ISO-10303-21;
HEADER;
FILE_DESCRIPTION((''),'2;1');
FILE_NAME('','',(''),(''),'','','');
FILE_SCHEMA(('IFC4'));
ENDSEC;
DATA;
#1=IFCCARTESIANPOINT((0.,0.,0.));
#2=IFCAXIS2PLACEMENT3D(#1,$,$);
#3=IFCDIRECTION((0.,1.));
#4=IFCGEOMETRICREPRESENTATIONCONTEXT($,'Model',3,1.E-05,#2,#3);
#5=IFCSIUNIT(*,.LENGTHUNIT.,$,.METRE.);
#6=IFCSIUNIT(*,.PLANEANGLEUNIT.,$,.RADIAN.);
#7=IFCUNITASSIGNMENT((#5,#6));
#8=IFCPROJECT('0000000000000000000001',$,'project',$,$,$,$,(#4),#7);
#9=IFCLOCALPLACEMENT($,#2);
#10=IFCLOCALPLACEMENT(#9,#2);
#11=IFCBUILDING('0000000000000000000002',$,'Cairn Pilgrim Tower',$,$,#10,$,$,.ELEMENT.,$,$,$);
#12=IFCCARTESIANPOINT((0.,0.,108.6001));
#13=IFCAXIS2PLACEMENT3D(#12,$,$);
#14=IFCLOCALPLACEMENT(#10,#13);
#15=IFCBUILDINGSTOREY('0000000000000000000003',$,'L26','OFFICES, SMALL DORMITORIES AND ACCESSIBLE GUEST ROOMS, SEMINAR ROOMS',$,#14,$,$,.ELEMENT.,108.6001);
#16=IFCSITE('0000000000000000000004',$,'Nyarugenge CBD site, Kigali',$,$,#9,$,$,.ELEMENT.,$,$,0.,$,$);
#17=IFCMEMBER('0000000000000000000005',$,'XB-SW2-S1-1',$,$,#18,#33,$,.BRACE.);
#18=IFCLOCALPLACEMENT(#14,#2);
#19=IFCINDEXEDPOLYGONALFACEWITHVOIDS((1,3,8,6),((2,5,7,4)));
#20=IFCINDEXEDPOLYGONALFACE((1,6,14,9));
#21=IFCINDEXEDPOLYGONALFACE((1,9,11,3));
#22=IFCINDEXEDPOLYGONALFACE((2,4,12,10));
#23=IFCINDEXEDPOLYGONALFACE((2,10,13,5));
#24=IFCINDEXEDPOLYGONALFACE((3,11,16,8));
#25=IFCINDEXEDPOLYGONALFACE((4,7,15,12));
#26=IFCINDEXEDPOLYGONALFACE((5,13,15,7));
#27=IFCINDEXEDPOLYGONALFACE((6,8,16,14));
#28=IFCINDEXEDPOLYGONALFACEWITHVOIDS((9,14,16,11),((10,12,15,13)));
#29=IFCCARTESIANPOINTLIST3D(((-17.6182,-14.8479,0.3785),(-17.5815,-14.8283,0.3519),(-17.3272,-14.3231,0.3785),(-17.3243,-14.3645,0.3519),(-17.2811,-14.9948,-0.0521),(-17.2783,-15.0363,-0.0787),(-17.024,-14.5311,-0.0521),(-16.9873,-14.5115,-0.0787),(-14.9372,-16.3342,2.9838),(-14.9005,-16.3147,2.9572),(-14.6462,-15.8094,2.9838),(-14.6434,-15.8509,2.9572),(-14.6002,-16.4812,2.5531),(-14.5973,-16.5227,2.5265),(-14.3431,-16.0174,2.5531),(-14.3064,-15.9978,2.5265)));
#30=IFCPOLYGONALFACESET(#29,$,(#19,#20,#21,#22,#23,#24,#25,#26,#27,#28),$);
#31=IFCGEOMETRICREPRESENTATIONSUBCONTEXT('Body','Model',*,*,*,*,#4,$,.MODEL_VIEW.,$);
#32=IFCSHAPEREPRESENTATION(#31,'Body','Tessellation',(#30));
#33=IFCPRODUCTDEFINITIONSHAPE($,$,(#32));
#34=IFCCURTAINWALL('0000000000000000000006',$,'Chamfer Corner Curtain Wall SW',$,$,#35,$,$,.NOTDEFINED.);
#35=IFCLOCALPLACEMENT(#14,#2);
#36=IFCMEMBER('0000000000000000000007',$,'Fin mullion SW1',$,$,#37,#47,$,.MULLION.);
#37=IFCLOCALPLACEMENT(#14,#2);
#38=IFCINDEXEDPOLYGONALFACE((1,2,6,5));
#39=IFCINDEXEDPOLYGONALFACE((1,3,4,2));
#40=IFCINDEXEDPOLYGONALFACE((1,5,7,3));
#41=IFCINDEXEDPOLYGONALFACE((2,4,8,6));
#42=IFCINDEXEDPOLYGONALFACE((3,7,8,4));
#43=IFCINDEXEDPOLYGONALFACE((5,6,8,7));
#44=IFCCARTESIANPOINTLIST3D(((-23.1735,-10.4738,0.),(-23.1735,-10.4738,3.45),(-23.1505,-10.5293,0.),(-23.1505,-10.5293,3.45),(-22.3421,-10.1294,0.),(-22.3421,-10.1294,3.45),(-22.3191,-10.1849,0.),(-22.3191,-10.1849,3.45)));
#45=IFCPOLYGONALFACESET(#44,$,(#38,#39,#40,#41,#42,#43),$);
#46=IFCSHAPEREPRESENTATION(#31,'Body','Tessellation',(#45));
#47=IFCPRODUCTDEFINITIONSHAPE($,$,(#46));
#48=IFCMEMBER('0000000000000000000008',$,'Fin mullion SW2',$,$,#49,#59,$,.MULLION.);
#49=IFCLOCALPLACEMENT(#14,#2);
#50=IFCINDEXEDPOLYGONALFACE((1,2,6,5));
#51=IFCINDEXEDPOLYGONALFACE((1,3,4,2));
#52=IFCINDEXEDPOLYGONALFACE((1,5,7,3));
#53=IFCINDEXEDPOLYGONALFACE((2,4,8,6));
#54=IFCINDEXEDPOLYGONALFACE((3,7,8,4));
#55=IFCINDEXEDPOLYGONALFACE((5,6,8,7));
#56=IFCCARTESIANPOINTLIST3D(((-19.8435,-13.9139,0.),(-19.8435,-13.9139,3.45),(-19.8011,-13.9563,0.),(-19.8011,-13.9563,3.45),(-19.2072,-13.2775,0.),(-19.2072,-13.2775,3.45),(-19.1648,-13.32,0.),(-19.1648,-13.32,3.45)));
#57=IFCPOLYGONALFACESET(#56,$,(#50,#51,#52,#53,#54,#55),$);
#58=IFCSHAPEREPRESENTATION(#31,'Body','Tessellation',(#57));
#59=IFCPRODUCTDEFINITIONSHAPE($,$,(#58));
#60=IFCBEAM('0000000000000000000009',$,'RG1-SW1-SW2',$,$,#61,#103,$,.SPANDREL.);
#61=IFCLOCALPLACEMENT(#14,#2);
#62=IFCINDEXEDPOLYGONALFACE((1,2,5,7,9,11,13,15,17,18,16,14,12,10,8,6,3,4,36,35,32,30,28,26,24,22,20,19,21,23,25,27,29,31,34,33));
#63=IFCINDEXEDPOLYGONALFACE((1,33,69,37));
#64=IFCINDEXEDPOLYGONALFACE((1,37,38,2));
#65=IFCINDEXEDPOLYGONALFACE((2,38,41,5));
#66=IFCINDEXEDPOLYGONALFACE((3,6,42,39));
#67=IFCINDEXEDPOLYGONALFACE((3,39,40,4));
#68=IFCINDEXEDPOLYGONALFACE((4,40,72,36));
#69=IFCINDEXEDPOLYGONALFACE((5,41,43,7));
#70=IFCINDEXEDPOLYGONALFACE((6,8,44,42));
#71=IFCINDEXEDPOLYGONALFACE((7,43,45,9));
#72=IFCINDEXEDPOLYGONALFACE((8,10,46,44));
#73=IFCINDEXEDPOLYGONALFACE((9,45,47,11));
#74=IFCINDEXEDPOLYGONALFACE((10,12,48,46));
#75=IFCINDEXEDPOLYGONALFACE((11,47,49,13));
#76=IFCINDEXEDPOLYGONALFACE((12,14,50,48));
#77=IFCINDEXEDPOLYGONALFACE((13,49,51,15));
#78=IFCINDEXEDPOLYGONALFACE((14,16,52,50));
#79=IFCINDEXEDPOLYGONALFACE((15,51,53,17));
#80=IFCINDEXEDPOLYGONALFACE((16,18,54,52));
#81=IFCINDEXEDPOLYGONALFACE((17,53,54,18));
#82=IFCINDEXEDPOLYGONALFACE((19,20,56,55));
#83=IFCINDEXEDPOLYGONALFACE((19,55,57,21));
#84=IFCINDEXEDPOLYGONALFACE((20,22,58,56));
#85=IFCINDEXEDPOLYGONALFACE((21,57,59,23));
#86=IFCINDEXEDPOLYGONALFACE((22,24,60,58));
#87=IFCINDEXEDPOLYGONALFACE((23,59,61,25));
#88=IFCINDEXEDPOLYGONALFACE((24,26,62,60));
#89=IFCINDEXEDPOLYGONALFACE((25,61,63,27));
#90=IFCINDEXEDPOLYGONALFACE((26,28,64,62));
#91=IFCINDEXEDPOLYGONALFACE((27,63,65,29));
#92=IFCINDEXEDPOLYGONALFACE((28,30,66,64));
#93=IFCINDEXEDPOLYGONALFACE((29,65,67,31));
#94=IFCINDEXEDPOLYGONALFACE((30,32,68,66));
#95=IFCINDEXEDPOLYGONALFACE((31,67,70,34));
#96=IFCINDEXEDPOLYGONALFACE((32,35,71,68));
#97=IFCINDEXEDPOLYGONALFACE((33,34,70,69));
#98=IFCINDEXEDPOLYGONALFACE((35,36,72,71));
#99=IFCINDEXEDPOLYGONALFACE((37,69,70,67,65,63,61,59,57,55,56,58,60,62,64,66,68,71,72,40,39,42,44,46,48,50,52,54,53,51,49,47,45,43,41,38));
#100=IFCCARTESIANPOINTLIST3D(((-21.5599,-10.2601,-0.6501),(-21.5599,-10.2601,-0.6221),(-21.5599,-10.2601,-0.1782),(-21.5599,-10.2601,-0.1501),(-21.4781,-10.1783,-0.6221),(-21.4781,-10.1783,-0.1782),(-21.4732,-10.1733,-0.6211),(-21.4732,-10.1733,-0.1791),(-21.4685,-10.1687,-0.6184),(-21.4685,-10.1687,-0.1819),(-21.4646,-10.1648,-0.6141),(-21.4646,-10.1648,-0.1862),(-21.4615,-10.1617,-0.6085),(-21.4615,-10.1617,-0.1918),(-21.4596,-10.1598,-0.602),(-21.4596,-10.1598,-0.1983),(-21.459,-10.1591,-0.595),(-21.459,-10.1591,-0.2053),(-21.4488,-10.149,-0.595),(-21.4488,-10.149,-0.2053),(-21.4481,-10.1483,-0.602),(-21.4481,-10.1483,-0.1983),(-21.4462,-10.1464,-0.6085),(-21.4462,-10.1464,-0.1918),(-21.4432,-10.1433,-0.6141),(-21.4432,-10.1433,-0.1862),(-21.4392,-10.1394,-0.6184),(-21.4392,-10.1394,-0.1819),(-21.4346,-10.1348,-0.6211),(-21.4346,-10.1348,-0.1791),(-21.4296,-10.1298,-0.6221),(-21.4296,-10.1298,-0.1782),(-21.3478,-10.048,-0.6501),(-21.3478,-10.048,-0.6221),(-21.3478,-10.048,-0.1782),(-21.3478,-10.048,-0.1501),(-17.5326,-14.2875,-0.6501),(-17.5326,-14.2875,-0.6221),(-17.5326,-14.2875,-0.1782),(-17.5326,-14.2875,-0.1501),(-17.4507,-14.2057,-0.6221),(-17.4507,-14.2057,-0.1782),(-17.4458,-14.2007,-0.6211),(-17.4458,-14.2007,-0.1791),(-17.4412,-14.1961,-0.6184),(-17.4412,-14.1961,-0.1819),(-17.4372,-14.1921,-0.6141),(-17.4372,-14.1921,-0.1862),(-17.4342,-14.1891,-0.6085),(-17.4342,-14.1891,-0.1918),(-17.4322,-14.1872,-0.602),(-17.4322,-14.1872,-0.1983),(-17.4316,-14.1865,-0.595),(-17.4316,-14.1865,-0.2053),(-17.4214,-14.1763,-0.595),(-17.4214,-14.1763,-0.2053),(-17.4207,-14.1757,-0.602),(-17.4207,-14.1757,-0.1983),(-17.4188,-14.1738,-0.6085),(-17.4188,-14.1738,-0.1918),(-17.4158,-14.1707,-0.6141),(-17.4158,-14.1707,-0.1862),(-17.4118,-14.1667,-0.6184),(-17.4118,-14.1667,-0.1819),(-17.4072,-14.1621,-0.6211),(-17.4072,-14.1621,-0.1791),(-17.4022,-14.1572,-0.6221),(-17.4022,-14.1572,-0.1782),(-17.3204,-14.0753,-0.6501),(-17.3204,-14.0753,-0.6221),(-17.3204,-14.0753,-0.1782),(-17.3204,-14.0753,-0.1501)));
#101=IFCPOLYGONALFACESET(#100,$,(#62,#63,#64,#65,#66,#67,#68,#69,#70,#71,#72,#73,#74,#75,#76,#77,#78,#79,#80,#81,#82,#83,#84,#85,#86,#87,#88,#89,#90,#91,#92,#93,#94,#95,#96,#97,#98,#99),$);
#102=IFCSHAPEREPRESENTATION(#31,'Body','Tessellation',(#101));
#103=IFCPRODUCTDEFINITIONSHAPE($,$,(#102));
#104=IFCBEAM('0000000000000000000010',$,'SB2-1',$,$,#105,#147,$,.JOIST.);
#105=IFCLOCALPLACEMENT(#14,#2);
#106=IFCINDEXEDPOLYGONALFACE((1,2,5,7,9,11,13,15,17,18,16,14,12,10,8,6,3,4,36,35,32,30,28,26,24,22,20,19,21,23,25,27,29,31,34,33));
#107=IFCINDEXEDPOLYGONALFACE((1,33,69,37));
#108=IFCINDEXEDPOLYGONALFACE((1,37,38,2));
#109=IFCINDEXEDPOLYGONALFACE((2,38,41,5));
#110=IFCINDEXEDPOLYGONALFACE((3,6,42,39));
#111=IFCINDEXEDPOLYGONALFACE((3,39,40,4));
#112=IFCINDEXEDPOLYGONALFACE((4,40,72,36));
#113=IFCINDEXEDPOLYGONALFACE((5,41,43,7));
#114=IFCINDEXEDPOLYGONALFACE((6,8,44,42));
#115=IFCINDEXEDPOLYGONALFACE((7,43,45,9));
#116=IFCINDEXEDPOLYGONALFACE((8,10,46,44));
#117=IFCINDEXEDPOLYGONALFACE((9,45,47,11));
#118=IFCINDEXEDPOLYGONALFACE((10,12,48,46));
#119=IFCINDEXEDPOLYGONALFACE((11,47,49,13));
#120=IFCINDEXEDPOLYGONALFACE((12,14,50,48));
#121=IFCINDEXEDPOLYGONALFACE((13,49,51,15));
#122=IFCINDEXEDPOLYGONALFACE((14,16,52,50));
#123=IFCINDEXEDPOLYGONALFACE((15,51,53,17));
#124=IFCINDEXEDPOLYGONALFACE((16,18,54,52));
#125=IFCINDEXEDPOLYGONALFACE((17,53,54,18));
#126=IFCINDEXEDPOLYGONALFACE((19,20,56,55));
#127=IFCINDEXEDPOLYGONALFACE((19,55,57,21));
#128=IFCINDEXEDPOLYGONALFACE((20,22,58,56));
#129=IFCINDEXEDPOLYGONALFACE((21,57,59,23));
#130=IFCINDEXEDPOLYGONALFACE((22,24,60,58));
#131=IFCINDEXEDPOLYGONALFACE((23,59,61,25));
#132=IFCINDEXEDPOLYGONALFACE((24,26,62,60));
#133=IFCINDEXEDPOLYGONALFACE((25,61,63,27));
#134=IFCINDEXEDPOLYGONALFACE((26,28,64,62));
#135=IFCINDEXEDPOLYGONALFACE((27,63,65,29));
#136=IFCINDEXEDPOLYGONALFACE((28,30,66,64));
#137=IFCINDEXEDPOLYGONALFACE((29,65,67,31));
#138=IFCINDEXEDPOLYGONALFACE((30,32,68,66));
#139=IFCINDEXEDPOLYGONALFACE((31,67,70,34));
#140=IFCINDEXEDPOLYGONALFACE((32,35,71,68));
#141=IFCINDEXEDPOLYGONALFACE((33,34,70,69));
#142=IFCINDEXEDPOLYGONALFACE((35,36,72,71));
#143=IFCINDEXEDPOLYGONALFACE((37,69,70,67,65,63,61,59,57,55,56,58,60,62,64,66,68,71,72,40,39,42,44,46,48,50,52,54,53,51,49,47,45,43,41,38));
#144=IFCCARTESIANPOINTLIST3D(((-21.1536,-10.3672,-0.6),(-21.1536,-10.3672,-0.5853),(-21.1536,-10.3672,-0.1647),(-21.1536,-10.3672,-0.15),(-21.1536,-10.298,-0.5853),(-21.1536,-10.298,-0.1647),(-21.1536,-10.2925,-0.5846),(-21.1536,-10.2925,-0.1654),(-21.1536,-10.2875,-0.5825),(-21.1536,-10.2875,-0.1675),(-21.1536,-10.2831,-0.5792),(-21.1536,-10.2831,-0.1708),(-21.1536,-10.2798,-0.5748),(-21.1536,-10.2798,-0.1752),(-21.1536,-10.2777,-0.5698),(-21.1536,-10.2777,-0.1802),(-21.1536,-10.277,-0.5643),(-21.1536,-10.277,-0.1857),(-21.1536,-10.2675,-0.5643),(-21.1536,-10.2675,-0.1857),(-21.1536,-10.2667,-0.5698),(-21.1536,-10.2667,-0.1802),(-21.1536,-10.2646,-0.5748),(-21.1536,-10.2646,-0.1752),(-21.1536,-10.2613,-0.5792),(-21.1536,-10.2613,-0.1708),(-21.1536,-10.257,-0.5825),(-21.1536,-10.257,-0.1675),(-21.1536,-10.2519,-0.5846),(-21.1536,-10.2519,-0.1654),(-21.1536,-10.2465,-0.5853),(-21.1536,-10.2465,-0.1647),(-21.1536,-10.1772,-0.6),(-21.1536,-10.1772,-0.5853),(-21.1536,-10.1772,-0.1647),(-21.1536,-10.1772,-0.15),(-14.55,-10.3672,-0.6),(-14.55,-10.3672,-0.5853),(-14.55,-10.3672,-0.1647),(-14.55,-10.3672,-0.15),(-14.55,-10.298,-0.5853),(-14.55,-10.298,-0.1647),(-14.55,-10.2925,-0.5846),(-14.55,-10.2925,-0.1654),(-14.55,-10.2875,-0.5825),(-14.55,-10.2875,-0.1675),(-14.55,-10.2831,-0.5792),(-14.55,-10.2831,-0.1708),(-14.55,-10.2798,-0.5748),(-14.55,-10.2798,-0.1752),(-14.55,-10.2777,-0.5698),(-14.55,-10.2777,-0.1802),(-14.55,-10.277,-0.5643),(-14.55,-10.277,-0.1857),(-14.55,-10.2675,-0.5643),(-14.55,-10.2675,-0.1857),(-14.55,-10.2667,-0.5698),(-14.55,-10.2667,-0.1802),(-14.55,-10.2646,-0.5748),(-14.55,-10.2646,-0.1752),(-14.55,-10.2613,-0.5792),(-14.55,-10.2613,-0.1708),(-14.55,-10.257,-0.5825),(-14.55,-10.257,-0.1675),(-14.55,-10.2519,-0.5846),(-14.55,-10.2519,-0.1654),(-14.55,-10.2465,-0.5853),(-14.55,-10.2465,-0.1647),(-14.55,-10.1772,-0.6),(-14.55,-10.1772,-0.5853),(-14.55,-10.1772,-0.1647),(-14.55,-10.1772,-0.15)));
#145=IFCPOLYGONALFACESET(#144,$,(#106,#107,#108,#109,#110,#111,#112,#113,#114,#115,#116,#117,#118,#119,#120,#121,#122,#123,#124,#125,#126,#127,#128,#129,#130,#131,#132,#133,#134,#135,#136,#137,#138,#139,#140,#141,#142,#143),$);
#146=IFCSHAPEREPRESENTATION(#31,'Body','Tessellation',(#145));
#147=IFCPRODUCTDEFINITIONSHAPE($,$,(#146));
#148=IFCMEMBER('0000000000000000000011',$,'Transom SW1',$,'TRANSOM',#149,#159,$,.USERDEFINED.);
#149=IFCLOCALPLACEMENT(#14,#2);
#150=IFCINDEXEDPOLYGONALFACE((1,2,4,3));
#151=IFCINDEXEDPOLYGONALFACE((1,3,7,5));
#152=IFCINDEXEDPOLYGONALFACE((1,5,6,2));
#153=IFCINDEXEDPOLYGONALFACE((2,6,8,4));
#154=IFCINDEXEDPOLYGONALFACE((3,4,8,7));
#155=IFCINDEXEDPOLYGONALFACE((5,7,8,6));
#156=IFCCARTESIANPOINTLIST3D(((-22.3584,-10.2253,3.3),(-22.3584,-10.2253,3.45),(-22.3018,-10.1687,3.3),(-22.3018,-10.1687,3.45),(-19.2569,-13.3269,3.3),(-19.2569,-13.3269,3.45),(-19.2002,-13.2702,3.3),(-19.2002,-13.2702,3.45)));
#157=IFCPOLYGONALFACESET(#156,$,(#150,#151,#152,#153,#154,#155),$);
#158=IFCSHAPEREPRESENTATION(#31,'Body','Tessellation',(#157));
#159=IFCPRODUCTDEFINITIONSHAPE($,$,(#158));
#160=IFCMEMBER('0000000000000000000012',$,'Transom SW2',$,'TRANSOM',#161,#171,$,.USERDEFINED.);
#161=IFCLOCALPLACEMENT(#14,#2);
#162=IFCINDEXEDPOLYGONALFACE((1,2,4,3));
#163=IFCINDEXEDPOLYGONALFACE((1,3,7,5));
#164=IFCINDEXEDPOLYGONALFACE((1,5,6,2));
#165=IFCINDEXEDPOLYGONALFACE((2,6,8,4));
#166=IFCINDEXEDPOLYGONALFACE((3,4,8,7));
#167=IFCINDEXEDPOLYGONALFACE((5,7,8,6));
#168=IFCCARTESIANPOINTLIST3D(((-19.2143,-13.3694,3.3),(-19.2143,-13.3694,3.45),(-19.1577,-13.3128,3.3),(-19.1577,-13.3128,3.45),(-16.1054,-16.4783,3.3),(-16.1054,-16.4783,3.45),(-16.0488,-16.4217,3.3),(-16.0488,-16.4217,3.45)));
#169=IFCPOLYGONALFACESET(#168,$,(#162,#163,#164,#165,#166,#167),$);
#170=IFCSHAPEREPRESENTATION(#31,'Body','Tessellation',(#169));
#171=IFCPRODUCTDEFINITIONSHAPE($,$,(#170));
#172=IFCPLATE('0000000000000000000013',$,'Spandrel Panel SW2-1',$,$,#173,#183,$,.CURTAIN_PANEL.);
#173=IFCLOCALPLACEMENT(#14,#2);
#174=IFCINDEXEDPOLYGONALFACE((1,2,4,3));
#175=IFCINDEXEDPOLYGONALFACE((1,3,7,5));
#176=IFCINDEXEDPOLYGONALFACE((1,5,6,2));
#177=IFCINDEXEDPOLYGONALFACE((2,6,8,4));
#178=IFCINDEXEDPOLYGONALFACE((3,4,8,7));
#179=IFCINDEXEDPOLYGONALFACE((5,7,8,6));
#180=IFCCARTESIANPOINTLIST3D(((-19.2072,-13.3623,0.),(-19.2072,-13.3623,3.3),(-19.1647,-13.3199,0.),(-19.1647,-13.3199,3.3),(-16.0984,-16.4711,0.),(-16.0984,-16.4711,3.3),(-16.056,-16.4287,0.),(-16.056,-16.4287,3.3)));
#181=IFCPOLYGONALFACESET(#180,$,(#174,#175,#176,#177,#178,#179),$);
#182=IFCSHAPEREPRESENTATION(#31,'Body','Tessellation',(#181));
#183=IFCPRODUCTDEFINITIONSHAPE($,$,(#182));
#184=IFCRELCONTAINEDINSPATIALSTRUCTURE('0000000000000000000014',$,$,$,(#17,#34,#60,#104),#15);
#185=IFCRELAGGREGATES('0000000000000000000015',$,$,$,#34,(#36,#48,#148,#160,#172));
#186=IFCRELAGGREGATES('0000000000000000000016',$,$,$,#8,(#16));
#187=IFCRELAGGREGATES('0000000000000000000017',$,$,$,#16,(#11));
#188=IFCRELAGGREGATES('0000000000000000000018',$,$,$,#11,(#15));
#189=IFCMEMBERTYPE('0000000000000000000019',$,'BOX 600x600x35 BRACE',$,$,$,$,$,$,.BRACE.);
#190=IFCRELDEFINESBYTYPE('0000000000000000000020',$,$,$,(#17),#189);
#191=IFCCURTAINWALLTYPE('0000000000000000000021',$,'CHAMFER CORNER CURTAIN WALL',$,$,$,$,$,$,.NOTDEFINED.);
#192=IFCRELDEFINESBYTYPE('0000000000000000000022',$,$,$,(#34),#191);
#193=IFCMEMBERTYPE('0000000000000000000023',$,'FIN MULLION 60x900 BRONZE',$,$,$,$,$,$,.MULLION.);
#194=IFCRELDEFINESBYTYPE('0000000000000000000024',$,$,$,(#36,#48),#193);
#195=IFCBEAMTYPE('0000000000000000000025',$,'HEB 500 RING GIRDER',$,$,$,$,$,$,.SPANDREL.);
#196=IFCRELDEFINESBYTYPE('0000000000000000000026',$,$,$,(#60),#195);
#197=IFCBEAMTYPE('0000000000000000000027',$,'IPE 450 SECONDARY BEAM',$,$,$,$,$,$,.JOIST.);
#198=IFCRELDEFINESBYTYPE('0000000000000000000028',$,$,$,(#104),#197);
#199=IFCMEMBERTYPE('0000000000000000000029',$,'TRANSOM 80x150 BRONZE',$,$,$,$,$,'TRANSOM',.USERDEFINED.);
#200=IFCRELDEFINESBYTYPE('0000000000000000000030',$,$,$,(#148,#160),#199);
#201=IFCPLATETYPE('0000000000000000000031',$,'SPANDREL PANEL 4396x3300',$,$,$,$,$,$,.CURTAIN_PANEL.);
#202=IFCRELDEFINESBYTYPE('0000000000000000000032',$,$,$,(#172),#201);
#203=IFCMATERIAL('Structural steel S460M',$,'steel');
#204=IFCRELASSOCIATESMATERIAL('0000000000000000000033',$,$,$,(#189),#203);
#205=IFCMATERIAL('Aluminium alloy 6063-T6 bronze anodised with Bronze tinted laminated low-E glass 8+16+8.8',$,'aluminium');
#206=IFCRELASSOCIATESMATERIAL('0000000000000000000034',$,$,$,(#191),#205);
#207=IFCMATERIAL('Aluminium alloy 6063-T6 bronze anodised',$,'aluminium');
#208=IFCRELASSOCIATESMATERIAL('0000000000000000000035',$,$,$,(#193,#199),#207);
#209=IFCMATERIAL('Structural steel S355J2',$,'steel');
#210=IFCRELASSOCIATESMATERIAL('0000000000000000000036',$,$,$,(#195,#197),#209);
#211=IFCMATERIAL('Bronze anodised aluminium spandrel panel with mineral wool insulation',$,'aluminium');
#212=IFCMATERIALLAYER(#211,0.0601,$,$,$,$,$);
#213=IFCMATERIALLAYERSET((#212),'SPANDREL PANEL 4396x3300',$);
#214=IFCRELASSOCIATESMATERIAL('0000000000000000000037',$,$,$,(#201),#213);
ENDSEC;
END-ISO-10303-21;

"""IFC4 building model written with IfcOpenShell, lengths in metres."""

from ifc_helpers import new_model, si_unit, direction, frame, origin, origin_2d, place, context, subcontext, project, spatial, rectangle, hollow_rectangle, i_section, extrude, material, layer, layer_set, material_profile, profile_set, type_object, element, aggregate, save


model = new_model("IFC4")

# Units and contexts
model_context = context("Model", 3, precision=1e-05, world=origin(), true_north=direction((0.0, 1.0)))
body_context = subcontext(model_context, "Body", "Model", "MODEL_VIEW")
ifc_project = project(units=[si_unit("LENGTHUNIT", "METRE"), si_unit("PLANEANGLEUNIT", "RADIAN")], contexts=[model_context])

# Site, building, storey
site_placement = place(None, origin())
site = spatial("IfcSite", under=ifc_project, at=site_placement, Name="Nyarugenge CBD site, Kigali", CompositionType="ELEMENT", RefElevation=0.0)
building_placement = place(site_placement, origin())
building = spatial("IfcBuilding", under=site, at=building_placement, Name="Cairn Pilgrim Tower", CompositionType="ELEMENT")
storey_placement = place(building_placement, frame((0.0, 0.0, 108.6001)))
storey = spatial("IfcBuildingStorey", under=building, at=storey_placement, Name="L26", Description="OFFICES, SMALL DORMITORIES AND ACCESSIBLE GUEST ROOMS, SEMINAR ROOMS", CompositionType="ELEMENT", Elevation=108.6001)

# Shared definitions
ifc_material_1 = material(Name="Structural steel S460M", Category="steel")

# Member
ifc_material_profile_1 = material_profile(ifc_material_1, hollow_rectangle(XDim=0.6001, YDim=0.6001, WallThickness=0.0349, at=origin_2d()), Name="BOX 600x600x35")
ifc_profile_set_1 = profile_set([ifc_material_profile_1], Name="Structural steel S460M")
member_type_1 = type_object("IfcMemberType", Name="BOX 600x600x35 BRACE", PredefinedType="BRACE", material=ifc_profile_set_1)
member_1_placement = place(storey_placement, frame((-17.3027, -14.6797, 0.1499), z_axis=(0.666414, -0.369468, 0.6476), x_axis=(0.484879, 0.874581, 0.0)))
element("IfcMember", 1, at=member_1_placement, inside=storey, type_object=member_type_1, Name="XB-SW2-S1-1", PredefinedType="BRACE", context=body_context, shape_type="SweptSolid", body=[
    extrude(hollow_rectangle(XDim=0.6001, YDim=0.6001, WallThickness=0.0349, at=origin_2d()), origin(), (0.0, 0.0, 1.0), 4.0229),
])

# Curtain wall, members
ifc_material_2 = material(Name="Aluminium alloy 6063-T6 bronze anodised with Bronze tinted laminated low-E glass 8+16+8.8", Category="aluminium")
curtain_wall_type = type_object("IfcCurtainWallType", Name="CHAMFER CORNER CURTAIN WALL", PredefinedType="NOTDEFINED", material=ifc_material_2)
curtain_wall_placement = place(storey_placement, origin())
curtain_wall = element("IfcCurtainWall", 2, at=curtain_wall_placement, inside=storey, type_object=curtain_wall_type, Name="Chamfer Corner Curtain Wall SW", PredefinedType="NOTDEFINED")
ifc_material_3 = material(Name="Aluminium alloy 6063-T6 bronze anodised", Category="aluminium")
ifc_material_profile_2 = material_profile(ifc_material_3, rectangle(XDim=0.8999, YDim=0.0601, at=origin_2d()), Name="FIN MULLION 60x900 BRONZE")
ifc_profile_set_2 = profile_set([ifc_material_profile_2], Name="Aluminium alloy 6063-T6 bronze anodised")
member_type_2 = type_object("IfcMemberType", Name="FIN MULLION 60x900 BRONZE", PredefinedType="MULLION", material=ifc_profile_set_2)
member_2_placement = place(storey_placement, frame((-22.7463, -10.3293, 0.0), z_axis=(0.0, 0.0, 1.0), x_axis=(-0.92388, -0.382683, 0.0)))
member_2 = element("IfcMember", 3, at=member_2_placement, type_object=member_type_2, Name="Fin mullion SW1", PredefinedType="MULLION", context=body_context, shape_type="SweptSolid", body=[
    extrude(rectangle(XDim=0.8999, YDim=0.0601, at=origin_2d()), origin(), (0.0, 0.0, 1.0), 3.45),
])
member_3_placement = place(storey_placement, frame((-19.5042, -13.6169, 0.0), z_axis=(0.0, 0.0, 1.0), x_axis=(-0.707107, -0.707107, 0.0)))
member_3 = element("IfcMember", 4, at=member_3_placement, type_object=member_type_2, Name="Fin mullion SW2", PredefinedType="MULLION", context=body_context, shape_type="SweptSolid", body=[
    extrude(rectangle(XDim=0.8999, YDim=0.0601, at=origin_2d()), origin(), (0.0, 0.0, 1.0), 3.45),
])

# Beams
ifc_material_4 = material(Name="Structural steel S355J2", Category="steel")
ifc_material_profile_3 = material_profile(ifc_material_4, i_section(OverallWidth=0.3, OverallDepth=0.5, WebThickness=0.0144, FlangeThickness=0.0281, FilletRadius=0.0271, at=origin_2d()), Name="HEB 500")
ifc_profile_set_3 = profile_set([ifc_material_profile_3], Name="Structural steel S355J2")
beam_type_1 = type_object("IfcBeamType", Name="HEB 500 RING GIRDER", PredefinedType="SPANDREL", material=ifc_profile_set_3)
beam_1_placement = place(storey_placement, frame((-21.4539, -10.1541, -0.4001), z_axis=(0.707107, -0.707107, 0.0), x_axis=(0.707107, 0.707107, 0.0)))
element("IfcBeam", 5, at=beam_1_placement, inside=storey, type_object=beam_type_1, Name="RG1-SW1-SW2", PredefinedType="SPANDREL", context=body_context, shape_type="SweptSolid", body=[
    extrude(i_section(OverallWidth=0.3, OverallDepth=0.5, WebThickness=0.0144, FlangeThickness=0.0281, FilletRadius=0.0271, at=origin_2d()), origin(), (0.0, 0.0, 1.0), 5.6956),
])
ifc_material_profile_4 = material_profile(ifc_material_4, i_section(OverallWidth=0.1899, OverallDepth=0.45, WebThickness=0.0095, FlangeThickness=0.0146, FilletRadius=0.021, at=origin_2d()), Name="IPE 450")
ifc_profile_set_4 = profile_set([ifc_material_profile_4], Name="Structural steel S355J2")
beam_type_2 = type_object("IfcBeamType", Name="IPE 450 SECONDARY BEAM", PredefinedType="JOIST", material=ifc_profile_set_4)
beam_2_placement = place(storey_placement, frame((-21.1536, -10.2722, -0.375), z_axis=(1.0, 0.0, 0.0), x_axis=(0.0, 1.0, 0.0)))
element("IfcBeam", 6, at=beam_2_placement, inside=storey, type_object=beam_type_2, Name="SB2-1", PredefinedType="JOIST", context=body_context, shape_type="SweptSolid", body=[
    extrude(i_section(OverallWidth=0.1899, OverallDepth=0.45, WebThickness=0.0095, FlangeThickness=0.0146, FilletRadius=0.021, at=origin_2d()), origin(), (0.0, 0.0, 1.0), 6.6035),
])

# Members
ifc_material_profile_5 = material_profile(ifc_material_3, rectangle(XDim=0.0801, YDim=0.1499, at=origin_2d()), Name="TRANSOM 80x150 BRONZE")
ifc_profile_set_5 = profile_set([ifc_material_profile_5], Name="Aluminium alloy 6063-T6 bronze anodised")
member_type_3 = type_object("IfcMemberType", Name="TRANSOM 80x150 BRONZE", ElementType="TRANSOM", PredefinedType="USERDEFINED", material=ifc_profile_set_5)
member_4_placement = place(storey_placement, frame((-22.3301, -10.197, 3.375), z_axis=(0.707107, -0.707107, 0.0), x_axis=(0.707107, 0.707107, 0.0)))
member_4 = element("IfcMember", 7, at=member_4_placement, type_object=member_type_3, Name="Transom SW1", ObjectType="TRANSOM", PredefinedType="USERDEFINED", context=body_context, shape_type="SweptSolid", body=[
    extrude(rectangle(XDim=0.0801, YDim=0.1499, at=origin_2d()), origin(), (0.0, 0.0, 1.0), 4.3862),
])
member_5_placement = place(storey_placement, frame((-19.186, -13.3411, 3.375), z_axis=(0.707107, -0.707107, 0.0), x_axis=(0.707107, 0.707107, 0.0)))
member_5 = element("IfcMember", 8, at=member_5_placement, type_object=member_type_3, Name="Transom SW2", ObjectType="TRANSOM", PredefinedType="USERDEFINED", context=body_context, shape_type="SweptSolid", body=[
    extrude(rectangle(XDim=0.0801, YDim=0.1499, at=origin_2d()), origin(), (0.0, 0.0, 1.0), 4.3967),
])

# Plate
ifc_material_5 = material(Name="Bronze anodised aluminium spandrel panel with mineral wool insulation", Category="aluminium")
ifc_layer_1 = layer(ifc_material_5, 0.0601)
ifc_layer_set_1 = layer_set([ifc_layer_1], Name="SPANDREL PANEL 4396x3300")
plate_type_1 = type_object("IfcPlateType", Name="SPANDREL PANEL 4396x3300", PredefinedType="CURTAIN_PANEL", material=ifc_layer_set_1)
plate_1_placement = place(storey_placement, frame((-17.6316, -14.8955, 0.0), z_axis=(0.0, 0.0, 1.0), x_axis=(0.707107, -0.707107, 0.0)))
plate_1 = element("IfcPlate", 9, at=plate_1_placement, type_object=plate_type_1, Name="Spandrel Panel SW2-1", PredefinedType="CURTAIN_PANEL", context=body_context, shape_type="SweptSolid", body=[
    extrude(rectangle(XDim=4.3965, YDim=0.0601, at=origin_2d()), origin(), (0.0, 0.0, 1.0), 3.3),
])
aggregate(curtain_wall, [member_2, member_3, member_4, member_5, plate_1])

save(model, "model.ifc")
